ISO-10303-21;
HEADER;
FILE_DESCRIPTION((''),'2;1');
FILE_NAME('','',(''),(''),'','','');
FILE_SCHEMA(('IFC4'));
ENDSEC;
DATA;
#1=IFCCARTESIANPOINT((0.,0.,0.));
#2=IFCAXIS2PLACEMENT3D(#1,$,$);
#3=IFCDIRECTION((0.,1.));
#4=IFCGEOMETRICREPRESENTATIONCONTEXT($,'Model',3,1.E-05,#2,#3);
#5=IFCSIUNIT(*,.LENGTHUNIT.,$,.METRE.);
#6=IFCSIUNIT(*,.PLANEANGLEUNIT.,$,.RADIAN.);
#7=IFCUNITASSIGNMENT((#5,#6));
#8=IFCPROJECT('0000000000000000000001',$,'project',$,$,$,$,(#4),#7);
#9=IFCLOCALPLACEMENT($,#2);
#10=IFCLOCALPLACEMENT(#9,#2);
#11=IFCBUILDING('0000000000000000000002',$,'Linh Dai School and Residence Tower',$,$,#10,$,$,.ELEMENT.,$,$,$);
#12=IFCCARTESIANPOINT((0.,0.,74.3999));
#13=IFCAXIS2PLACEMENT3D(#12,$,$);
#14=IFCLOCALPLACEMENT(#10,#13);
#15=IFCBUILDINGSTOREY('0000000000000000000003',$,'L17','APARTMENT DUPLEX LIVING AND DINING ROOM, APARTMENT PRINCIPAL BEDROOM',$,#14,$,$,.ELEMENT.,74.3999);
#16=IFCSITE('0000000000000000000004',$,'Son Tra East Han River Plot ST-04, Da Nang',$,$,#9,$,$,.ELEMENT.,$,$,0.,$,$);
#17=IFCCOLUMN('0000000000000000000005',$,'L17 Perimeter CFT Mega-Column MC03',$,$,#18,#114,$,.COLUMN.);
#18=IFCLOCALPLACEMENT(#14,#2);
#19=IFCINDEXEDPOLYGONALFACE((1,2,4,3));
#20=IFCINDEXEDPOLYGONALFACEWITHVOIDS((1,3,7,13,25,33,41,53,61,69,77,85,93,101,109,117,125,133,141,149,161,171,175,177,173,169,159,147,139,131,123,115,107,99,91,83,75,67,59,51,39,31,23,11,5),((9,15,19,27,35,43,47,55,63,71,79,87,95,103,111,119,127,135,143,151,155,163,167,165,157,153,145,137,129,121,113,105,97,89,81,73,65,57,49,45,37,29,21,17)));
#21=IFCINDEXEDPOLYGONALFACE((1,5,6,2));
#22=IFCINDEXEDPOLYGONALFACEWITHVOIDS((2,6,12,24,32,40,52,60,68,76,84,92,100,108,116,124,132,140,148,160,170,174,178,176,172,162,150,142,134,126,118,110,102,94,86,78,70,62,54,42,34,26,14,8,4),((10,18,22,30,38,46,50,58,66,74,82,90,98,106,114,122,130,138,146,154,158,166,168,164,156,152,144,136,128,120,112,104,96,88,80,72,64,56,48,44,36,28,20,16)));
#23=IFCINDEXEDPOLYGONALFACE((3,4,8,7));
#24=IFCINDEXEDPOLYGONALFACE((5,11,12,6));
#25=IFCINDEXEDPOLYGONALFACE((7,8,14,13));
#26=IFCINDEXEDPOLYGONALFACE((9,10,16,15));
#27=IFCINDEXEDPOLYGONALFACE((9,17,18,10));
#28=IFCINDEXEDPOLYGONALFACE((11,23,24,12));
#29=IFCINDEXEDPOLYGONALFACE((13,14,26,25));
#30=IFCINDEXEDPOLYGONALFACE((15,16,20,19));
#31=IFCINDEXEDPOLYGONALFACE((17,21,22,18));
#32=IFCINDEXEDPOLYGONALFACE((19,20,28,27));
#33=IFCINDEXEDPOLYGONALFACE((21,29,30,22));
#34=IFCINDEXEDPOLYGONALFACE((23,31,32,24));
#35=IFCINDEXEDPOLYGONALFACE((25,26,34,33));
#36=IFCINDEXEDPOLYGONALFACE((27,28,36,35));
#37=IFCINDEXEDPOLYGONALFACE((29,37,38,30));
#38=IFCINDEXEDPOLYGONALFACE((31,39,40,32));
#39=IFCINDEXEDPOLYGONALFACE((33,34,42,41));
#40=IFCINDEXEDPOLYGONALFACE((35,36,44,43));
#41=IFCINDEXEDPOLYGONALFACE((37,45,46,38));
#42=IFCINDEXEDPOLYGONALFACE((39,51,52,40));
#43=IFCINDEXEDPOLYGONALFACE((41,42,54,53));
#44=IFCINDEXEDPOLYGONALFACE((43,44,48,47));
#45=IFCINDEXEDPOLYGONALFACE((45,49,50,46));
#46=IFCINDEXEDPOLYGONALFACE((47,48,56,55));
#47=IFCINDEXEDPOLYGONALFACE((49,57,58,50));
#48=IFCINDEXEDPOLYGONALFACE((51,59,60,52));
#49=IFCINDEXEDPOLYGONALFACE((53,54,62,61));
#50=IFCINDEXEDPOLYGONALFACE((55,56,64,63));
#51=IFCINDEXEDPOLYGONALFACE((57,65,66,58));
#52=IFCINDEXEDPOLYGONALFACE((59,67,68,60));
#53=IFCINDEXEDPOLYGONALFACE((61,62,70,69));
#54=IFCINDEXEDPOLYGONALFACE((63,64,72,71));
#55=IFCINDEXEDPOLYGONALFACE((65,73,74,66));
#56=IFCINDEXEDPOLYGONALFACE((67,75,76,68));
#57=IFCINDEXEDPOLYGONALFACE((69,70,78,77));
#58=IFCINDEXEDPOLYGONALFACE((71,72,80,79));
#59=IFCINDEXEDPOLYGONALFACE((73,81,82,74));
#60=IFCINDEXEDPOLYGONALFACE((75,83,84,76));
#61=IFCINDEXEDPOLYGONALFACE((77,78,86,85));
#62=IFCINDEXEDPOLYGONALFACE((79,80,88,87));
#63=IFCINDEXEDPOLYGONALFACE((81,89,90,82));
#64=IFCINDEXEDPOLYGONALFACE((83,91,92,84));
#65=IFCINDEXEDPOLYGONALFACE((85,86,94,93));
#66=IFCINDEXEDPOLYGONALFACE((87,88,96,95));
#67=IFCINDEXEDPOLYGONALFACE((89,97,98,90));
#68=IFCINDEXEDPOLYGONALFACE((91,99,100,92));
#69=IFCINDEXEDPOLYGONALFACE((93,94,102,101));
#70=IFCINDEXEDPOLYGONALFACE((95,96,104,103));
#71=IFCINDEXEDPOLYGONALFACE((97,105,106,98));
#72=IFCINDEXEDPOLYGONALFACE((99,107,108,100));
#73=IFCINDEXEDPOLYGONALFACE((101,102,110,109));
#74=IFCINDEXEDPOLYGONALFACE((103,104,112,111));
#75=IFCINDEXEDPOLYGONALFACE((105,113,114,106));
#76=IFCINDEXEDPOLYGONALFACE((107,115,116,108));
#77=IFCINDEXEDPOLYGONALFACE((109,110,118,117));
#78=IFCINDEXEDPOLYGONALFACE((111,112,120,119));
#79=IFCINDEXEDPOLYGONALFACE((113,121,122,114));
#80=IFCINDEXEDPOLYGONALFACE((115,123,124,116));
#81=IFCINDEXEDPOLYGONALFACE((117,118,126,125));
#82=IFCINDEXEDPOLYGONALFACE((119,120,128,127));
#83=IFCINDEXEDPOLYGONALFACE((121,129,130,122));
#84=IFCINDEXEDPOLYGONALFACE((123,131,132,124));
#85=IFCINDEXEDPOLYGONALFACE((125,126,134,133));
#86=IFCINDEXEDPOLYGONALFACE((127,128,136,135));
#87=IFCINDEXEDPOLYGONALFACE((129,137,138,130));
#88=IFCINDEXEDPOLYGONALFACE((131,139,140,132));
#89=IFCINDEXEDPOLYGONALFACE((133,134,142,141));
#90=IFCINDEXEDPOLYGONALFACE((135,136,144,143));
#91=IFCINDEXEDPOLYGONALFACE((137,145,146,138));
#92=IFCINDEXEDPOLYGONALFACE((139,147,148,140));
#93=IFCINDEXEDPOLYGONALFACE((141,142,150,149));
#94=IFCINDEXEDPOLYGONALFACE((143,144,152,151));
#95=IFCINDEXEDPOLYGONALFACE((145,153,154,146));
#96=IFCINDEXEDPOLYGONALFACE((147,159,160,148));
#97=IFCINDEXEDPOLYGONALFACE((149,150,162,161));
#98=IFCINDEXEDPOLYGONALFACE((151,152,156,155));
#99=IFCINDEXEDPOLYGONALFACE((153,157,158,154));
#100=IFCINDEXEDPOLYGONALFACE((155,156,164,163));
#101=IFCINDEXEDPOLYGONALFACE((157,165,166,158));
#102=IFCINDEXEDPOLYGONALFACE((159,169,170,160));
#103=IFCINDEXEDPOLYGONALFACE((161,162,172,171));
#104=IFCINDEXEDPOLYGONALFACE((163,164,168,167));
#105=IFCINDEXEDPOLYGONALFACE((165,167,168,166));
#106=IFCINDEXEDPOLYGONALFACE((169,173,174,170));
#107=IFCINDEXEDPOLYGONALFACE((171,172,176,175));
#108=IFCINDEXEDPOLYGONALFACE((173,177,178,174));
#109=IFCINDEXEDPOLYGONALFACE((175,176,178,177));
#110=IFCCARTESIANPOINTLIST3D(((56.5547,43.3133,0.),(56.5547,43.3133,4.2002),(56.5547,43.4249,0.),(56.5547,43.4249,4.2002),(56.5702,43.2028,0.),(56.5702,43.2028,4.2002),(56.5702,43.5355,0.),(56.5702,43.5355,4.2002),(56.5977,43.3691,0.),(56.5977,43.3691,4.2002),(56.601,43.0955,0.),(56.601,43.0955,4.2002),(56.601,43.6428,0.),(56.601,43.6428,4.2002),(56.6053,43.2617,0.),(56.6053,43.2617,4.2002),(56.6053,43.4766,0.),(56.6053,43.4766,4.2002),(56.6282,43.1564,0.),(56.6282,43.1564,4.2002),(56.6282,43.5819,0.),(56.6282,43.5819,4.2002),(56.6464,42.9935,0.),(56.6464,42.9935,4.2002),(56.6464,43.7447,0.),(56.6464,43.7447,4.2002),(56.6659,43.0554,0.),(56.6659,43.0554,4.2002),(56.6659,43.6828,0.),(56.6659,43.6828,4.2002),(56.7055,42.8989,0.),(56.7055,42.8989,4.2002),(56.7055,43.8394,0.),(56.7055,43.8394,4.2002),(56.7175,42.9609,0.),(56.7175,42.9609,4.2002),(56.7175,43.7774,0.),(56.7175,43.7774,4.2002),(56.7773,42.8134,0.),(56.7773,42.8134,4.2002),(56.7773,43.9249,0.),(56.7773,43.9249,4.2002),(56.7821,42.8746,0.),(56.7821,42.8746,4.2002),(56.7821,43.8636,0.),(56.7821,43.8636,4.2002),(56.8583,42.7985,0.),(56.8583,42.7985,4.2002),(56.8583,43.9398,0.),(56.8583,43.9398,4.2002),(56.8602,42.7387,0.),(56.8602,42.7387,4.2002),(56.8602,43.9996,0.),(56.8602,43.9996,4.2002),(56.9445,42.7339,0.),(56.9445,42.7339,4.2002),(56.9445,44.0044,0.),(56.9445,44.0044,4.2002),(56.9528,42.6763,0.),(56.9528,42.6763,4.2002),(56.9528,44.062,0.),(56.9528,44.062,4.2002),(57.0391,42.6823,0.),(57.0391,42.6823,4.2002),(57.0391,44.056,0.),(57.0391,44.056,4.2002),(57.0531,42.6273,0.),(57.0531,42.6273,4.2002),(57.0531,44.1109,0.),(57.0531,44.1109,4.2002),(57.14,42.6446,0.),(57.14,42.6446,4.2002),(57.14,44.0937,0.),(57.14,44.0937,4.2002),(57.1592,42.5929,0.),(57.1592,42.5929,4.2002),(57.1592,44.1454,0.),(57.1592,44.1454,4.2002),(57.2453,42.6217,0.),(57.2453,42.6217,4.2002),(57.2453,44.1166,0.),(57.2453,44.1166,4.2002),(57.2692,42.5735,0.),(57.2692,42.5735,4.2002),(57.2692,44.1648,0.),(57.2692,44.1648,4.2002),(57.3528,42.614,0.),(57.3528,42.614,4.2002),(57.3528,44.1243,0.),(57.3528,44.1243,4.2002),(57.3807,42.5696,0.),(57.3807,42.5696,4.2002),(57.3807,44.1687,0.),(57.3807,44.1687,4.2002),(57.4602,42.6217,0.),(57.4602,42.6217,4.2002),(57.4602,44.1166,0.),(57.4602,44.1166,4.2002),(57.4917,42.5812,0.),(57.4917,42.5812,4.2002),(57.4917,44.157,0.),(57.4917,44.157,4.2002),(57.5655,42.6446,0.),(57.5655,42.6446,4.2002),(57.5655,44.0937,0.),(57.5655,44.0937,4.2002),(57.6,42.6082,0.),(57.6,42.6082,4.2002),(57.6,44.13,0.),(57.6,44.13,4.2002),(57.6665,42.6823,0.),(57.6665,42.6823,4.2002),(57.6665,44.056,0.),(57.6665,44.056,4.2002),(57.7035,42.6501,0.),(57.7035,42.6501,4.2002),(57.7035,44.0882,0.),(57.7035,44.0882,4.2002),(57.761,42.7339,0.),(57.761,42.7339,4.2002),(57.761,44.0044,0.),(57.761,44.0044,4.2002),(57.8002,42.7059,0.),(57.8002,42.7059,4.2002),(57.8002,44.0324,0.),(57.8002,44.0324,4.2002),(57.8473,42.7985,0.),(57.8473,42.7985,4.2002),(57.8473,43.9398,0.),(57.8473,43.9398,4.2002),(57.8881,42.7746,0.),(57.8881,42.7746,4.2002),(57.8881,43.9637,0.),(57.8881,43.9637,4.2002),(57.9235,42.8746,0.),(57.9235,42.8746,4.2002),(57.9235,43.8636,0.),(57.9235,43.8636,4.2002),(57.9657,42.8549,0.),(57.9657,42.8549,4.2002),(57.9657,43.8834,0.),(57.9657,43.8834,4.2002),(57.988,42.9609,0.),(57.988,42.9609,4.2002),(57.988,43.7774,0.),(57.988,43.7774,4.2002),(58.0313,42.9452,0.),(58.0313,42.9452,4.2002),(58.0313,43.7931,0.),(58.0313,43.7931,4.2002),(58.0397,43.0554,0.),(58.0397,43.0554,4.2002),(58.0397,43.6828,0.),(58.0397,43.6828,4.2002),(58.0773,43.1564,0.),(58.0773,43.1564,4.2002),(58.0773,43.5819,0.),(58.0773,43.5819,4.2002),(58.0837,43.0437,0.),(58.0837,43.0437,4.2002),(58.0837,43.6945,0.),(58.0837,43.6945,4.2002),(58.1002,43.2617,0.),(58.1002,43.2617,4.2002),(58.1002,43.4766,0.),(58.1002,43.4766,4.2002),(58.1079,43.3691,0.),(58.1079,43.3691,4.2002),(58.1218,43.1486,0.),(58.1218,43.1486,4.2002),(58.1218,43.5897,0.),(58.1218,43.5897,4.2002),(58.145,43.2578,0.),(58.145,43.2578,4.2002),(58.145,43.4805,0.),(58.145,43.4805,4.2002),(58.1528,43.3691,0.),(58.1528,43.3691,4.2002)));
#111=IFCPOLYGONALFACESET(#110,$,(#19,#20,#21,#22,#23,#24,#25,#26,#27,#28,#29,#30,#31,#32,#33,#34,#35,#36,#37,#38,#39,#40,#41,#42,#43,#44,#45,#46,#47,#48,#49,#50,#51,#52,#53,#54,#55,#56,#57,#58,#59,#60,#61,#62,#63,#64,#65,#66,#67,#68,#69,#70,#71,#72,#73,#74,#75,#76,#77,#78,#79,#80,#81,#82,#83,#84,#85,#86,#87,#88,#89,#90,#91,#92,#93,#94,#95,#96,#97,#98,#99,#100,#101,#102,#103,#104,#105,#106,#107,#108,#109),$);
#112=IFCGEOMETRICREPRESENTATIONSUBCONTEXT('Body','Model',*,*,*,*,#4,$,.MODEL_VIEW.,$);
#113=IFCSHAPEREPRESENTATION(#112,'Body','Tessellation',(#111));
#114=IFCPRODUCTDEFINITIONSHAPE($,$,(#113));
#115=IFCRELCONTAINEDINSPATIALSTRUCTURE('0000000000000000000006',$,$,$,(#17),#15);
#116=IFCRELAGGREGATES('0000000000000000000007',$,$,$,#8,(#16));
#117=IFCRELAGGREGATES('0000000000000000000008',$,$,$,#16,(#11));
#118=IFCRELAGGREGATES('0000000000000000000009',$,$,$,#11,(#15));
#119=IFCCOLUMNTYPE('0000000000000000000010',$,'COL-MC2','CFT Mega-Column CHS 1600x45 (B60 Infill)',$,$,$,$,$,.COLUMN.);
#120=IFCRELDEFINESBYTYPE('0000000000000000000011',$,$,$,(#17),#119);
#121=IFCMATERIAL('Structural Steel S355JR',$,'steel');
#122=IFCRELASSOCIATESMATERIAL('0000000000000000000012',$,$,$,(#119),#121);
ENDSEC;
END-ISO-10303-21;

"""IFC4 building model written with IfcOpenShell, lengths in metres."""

from ifc_helpers import new_model, si_unit, direction, frame, origin, origin_2d, place, context, subcontext, project, spatial, hollow_circle, extrude, material, material_profile, profile_set, type_object, element, save


model = new_model("IFC4")

# Units and contexts
model_context = context("Model", 3, precision=1e-05, world=origin(), true_north=direction((0.0, 1.0)))
body_context = subcontext(model_context, "Body", "Model", "MODEL_VIEW")
ifc_project = project(units=[si_unit("LENGTHUNIT", "METRE"), si_unit("PLANEANGLEUNIT", "RADIAN")], contexts=[model_context])

# Site, building, storey
site_placement = place(None, origin())
site = spatial("IfcSite", under=ifc_project, at=site_placement, Name="Son Tra East Han River Plot ST-04, Da Nang", CompositionType="ELEMENT", RefElevation=0.0)
building_placement = place(site_placement, origin())
building = spatial("IfcBuilding", under=site, at=building_placement, Name="Linh Dai School and Residence Tower", CompositionType="ELEMENT")
storey_placement = place(building_placement, frame((0.0, 0.0, 74.3999)))
storey = spatial("IfcBuildingStorey", under=building, at=storey_placement, Name="L17", Description="APARTMENT DUPLEX LIVING AND DINING ROOM, APARTMENT PRINCIPAL BEDROOM", CompositionType="ELEMENT", Elevation=74.3999)

# Column
ifc_material_1 = material(Name="Structural Steel S355JR", Category="steel")
ifc_material_profile_1 = material_profile(ifc_material_1, hollow_circle(Radius=0.8, WallThickness=0.0449, at=origin_2d()), Name="CHS 1600x45")
ifc_profile_set_1 = profile_set([ifc_material_profile_1], Name="Structural Steel S355JR")
column_type = type_object("IfcColumnType", Name="COL-MC2", Description="CFT Mega-Column CHS 1600x45 (B60 Infill)", PredefinedType="COLUMN", material=ifc_profile_set_1)
for number, where, z_axis, x_axis, name in (
    (1, (57.3528, 43.3691, 0.0), (0.0, 0.0, 1.0), (1.0, 0.0, 0.0), "L17 Perimeter CFT Mega-Column MC03"),
):
    element("IfcColumn", number, at=place(storey_placement, frame(where, z_axis=z_axis, x_axis=x_axis)), inside=storey, type_object=column_type, Name=name, PredefinedType="COLUMN", context=body_context, shape_type="SweptSolid", body=[
        extrude(hollow_circle(Radius=0.8, WallThickness=0.0449, at=origin_2d()), origin(), (0.0, 0.0, 1.0), 4.2002),
    ])

save(model, "model.ifc")
